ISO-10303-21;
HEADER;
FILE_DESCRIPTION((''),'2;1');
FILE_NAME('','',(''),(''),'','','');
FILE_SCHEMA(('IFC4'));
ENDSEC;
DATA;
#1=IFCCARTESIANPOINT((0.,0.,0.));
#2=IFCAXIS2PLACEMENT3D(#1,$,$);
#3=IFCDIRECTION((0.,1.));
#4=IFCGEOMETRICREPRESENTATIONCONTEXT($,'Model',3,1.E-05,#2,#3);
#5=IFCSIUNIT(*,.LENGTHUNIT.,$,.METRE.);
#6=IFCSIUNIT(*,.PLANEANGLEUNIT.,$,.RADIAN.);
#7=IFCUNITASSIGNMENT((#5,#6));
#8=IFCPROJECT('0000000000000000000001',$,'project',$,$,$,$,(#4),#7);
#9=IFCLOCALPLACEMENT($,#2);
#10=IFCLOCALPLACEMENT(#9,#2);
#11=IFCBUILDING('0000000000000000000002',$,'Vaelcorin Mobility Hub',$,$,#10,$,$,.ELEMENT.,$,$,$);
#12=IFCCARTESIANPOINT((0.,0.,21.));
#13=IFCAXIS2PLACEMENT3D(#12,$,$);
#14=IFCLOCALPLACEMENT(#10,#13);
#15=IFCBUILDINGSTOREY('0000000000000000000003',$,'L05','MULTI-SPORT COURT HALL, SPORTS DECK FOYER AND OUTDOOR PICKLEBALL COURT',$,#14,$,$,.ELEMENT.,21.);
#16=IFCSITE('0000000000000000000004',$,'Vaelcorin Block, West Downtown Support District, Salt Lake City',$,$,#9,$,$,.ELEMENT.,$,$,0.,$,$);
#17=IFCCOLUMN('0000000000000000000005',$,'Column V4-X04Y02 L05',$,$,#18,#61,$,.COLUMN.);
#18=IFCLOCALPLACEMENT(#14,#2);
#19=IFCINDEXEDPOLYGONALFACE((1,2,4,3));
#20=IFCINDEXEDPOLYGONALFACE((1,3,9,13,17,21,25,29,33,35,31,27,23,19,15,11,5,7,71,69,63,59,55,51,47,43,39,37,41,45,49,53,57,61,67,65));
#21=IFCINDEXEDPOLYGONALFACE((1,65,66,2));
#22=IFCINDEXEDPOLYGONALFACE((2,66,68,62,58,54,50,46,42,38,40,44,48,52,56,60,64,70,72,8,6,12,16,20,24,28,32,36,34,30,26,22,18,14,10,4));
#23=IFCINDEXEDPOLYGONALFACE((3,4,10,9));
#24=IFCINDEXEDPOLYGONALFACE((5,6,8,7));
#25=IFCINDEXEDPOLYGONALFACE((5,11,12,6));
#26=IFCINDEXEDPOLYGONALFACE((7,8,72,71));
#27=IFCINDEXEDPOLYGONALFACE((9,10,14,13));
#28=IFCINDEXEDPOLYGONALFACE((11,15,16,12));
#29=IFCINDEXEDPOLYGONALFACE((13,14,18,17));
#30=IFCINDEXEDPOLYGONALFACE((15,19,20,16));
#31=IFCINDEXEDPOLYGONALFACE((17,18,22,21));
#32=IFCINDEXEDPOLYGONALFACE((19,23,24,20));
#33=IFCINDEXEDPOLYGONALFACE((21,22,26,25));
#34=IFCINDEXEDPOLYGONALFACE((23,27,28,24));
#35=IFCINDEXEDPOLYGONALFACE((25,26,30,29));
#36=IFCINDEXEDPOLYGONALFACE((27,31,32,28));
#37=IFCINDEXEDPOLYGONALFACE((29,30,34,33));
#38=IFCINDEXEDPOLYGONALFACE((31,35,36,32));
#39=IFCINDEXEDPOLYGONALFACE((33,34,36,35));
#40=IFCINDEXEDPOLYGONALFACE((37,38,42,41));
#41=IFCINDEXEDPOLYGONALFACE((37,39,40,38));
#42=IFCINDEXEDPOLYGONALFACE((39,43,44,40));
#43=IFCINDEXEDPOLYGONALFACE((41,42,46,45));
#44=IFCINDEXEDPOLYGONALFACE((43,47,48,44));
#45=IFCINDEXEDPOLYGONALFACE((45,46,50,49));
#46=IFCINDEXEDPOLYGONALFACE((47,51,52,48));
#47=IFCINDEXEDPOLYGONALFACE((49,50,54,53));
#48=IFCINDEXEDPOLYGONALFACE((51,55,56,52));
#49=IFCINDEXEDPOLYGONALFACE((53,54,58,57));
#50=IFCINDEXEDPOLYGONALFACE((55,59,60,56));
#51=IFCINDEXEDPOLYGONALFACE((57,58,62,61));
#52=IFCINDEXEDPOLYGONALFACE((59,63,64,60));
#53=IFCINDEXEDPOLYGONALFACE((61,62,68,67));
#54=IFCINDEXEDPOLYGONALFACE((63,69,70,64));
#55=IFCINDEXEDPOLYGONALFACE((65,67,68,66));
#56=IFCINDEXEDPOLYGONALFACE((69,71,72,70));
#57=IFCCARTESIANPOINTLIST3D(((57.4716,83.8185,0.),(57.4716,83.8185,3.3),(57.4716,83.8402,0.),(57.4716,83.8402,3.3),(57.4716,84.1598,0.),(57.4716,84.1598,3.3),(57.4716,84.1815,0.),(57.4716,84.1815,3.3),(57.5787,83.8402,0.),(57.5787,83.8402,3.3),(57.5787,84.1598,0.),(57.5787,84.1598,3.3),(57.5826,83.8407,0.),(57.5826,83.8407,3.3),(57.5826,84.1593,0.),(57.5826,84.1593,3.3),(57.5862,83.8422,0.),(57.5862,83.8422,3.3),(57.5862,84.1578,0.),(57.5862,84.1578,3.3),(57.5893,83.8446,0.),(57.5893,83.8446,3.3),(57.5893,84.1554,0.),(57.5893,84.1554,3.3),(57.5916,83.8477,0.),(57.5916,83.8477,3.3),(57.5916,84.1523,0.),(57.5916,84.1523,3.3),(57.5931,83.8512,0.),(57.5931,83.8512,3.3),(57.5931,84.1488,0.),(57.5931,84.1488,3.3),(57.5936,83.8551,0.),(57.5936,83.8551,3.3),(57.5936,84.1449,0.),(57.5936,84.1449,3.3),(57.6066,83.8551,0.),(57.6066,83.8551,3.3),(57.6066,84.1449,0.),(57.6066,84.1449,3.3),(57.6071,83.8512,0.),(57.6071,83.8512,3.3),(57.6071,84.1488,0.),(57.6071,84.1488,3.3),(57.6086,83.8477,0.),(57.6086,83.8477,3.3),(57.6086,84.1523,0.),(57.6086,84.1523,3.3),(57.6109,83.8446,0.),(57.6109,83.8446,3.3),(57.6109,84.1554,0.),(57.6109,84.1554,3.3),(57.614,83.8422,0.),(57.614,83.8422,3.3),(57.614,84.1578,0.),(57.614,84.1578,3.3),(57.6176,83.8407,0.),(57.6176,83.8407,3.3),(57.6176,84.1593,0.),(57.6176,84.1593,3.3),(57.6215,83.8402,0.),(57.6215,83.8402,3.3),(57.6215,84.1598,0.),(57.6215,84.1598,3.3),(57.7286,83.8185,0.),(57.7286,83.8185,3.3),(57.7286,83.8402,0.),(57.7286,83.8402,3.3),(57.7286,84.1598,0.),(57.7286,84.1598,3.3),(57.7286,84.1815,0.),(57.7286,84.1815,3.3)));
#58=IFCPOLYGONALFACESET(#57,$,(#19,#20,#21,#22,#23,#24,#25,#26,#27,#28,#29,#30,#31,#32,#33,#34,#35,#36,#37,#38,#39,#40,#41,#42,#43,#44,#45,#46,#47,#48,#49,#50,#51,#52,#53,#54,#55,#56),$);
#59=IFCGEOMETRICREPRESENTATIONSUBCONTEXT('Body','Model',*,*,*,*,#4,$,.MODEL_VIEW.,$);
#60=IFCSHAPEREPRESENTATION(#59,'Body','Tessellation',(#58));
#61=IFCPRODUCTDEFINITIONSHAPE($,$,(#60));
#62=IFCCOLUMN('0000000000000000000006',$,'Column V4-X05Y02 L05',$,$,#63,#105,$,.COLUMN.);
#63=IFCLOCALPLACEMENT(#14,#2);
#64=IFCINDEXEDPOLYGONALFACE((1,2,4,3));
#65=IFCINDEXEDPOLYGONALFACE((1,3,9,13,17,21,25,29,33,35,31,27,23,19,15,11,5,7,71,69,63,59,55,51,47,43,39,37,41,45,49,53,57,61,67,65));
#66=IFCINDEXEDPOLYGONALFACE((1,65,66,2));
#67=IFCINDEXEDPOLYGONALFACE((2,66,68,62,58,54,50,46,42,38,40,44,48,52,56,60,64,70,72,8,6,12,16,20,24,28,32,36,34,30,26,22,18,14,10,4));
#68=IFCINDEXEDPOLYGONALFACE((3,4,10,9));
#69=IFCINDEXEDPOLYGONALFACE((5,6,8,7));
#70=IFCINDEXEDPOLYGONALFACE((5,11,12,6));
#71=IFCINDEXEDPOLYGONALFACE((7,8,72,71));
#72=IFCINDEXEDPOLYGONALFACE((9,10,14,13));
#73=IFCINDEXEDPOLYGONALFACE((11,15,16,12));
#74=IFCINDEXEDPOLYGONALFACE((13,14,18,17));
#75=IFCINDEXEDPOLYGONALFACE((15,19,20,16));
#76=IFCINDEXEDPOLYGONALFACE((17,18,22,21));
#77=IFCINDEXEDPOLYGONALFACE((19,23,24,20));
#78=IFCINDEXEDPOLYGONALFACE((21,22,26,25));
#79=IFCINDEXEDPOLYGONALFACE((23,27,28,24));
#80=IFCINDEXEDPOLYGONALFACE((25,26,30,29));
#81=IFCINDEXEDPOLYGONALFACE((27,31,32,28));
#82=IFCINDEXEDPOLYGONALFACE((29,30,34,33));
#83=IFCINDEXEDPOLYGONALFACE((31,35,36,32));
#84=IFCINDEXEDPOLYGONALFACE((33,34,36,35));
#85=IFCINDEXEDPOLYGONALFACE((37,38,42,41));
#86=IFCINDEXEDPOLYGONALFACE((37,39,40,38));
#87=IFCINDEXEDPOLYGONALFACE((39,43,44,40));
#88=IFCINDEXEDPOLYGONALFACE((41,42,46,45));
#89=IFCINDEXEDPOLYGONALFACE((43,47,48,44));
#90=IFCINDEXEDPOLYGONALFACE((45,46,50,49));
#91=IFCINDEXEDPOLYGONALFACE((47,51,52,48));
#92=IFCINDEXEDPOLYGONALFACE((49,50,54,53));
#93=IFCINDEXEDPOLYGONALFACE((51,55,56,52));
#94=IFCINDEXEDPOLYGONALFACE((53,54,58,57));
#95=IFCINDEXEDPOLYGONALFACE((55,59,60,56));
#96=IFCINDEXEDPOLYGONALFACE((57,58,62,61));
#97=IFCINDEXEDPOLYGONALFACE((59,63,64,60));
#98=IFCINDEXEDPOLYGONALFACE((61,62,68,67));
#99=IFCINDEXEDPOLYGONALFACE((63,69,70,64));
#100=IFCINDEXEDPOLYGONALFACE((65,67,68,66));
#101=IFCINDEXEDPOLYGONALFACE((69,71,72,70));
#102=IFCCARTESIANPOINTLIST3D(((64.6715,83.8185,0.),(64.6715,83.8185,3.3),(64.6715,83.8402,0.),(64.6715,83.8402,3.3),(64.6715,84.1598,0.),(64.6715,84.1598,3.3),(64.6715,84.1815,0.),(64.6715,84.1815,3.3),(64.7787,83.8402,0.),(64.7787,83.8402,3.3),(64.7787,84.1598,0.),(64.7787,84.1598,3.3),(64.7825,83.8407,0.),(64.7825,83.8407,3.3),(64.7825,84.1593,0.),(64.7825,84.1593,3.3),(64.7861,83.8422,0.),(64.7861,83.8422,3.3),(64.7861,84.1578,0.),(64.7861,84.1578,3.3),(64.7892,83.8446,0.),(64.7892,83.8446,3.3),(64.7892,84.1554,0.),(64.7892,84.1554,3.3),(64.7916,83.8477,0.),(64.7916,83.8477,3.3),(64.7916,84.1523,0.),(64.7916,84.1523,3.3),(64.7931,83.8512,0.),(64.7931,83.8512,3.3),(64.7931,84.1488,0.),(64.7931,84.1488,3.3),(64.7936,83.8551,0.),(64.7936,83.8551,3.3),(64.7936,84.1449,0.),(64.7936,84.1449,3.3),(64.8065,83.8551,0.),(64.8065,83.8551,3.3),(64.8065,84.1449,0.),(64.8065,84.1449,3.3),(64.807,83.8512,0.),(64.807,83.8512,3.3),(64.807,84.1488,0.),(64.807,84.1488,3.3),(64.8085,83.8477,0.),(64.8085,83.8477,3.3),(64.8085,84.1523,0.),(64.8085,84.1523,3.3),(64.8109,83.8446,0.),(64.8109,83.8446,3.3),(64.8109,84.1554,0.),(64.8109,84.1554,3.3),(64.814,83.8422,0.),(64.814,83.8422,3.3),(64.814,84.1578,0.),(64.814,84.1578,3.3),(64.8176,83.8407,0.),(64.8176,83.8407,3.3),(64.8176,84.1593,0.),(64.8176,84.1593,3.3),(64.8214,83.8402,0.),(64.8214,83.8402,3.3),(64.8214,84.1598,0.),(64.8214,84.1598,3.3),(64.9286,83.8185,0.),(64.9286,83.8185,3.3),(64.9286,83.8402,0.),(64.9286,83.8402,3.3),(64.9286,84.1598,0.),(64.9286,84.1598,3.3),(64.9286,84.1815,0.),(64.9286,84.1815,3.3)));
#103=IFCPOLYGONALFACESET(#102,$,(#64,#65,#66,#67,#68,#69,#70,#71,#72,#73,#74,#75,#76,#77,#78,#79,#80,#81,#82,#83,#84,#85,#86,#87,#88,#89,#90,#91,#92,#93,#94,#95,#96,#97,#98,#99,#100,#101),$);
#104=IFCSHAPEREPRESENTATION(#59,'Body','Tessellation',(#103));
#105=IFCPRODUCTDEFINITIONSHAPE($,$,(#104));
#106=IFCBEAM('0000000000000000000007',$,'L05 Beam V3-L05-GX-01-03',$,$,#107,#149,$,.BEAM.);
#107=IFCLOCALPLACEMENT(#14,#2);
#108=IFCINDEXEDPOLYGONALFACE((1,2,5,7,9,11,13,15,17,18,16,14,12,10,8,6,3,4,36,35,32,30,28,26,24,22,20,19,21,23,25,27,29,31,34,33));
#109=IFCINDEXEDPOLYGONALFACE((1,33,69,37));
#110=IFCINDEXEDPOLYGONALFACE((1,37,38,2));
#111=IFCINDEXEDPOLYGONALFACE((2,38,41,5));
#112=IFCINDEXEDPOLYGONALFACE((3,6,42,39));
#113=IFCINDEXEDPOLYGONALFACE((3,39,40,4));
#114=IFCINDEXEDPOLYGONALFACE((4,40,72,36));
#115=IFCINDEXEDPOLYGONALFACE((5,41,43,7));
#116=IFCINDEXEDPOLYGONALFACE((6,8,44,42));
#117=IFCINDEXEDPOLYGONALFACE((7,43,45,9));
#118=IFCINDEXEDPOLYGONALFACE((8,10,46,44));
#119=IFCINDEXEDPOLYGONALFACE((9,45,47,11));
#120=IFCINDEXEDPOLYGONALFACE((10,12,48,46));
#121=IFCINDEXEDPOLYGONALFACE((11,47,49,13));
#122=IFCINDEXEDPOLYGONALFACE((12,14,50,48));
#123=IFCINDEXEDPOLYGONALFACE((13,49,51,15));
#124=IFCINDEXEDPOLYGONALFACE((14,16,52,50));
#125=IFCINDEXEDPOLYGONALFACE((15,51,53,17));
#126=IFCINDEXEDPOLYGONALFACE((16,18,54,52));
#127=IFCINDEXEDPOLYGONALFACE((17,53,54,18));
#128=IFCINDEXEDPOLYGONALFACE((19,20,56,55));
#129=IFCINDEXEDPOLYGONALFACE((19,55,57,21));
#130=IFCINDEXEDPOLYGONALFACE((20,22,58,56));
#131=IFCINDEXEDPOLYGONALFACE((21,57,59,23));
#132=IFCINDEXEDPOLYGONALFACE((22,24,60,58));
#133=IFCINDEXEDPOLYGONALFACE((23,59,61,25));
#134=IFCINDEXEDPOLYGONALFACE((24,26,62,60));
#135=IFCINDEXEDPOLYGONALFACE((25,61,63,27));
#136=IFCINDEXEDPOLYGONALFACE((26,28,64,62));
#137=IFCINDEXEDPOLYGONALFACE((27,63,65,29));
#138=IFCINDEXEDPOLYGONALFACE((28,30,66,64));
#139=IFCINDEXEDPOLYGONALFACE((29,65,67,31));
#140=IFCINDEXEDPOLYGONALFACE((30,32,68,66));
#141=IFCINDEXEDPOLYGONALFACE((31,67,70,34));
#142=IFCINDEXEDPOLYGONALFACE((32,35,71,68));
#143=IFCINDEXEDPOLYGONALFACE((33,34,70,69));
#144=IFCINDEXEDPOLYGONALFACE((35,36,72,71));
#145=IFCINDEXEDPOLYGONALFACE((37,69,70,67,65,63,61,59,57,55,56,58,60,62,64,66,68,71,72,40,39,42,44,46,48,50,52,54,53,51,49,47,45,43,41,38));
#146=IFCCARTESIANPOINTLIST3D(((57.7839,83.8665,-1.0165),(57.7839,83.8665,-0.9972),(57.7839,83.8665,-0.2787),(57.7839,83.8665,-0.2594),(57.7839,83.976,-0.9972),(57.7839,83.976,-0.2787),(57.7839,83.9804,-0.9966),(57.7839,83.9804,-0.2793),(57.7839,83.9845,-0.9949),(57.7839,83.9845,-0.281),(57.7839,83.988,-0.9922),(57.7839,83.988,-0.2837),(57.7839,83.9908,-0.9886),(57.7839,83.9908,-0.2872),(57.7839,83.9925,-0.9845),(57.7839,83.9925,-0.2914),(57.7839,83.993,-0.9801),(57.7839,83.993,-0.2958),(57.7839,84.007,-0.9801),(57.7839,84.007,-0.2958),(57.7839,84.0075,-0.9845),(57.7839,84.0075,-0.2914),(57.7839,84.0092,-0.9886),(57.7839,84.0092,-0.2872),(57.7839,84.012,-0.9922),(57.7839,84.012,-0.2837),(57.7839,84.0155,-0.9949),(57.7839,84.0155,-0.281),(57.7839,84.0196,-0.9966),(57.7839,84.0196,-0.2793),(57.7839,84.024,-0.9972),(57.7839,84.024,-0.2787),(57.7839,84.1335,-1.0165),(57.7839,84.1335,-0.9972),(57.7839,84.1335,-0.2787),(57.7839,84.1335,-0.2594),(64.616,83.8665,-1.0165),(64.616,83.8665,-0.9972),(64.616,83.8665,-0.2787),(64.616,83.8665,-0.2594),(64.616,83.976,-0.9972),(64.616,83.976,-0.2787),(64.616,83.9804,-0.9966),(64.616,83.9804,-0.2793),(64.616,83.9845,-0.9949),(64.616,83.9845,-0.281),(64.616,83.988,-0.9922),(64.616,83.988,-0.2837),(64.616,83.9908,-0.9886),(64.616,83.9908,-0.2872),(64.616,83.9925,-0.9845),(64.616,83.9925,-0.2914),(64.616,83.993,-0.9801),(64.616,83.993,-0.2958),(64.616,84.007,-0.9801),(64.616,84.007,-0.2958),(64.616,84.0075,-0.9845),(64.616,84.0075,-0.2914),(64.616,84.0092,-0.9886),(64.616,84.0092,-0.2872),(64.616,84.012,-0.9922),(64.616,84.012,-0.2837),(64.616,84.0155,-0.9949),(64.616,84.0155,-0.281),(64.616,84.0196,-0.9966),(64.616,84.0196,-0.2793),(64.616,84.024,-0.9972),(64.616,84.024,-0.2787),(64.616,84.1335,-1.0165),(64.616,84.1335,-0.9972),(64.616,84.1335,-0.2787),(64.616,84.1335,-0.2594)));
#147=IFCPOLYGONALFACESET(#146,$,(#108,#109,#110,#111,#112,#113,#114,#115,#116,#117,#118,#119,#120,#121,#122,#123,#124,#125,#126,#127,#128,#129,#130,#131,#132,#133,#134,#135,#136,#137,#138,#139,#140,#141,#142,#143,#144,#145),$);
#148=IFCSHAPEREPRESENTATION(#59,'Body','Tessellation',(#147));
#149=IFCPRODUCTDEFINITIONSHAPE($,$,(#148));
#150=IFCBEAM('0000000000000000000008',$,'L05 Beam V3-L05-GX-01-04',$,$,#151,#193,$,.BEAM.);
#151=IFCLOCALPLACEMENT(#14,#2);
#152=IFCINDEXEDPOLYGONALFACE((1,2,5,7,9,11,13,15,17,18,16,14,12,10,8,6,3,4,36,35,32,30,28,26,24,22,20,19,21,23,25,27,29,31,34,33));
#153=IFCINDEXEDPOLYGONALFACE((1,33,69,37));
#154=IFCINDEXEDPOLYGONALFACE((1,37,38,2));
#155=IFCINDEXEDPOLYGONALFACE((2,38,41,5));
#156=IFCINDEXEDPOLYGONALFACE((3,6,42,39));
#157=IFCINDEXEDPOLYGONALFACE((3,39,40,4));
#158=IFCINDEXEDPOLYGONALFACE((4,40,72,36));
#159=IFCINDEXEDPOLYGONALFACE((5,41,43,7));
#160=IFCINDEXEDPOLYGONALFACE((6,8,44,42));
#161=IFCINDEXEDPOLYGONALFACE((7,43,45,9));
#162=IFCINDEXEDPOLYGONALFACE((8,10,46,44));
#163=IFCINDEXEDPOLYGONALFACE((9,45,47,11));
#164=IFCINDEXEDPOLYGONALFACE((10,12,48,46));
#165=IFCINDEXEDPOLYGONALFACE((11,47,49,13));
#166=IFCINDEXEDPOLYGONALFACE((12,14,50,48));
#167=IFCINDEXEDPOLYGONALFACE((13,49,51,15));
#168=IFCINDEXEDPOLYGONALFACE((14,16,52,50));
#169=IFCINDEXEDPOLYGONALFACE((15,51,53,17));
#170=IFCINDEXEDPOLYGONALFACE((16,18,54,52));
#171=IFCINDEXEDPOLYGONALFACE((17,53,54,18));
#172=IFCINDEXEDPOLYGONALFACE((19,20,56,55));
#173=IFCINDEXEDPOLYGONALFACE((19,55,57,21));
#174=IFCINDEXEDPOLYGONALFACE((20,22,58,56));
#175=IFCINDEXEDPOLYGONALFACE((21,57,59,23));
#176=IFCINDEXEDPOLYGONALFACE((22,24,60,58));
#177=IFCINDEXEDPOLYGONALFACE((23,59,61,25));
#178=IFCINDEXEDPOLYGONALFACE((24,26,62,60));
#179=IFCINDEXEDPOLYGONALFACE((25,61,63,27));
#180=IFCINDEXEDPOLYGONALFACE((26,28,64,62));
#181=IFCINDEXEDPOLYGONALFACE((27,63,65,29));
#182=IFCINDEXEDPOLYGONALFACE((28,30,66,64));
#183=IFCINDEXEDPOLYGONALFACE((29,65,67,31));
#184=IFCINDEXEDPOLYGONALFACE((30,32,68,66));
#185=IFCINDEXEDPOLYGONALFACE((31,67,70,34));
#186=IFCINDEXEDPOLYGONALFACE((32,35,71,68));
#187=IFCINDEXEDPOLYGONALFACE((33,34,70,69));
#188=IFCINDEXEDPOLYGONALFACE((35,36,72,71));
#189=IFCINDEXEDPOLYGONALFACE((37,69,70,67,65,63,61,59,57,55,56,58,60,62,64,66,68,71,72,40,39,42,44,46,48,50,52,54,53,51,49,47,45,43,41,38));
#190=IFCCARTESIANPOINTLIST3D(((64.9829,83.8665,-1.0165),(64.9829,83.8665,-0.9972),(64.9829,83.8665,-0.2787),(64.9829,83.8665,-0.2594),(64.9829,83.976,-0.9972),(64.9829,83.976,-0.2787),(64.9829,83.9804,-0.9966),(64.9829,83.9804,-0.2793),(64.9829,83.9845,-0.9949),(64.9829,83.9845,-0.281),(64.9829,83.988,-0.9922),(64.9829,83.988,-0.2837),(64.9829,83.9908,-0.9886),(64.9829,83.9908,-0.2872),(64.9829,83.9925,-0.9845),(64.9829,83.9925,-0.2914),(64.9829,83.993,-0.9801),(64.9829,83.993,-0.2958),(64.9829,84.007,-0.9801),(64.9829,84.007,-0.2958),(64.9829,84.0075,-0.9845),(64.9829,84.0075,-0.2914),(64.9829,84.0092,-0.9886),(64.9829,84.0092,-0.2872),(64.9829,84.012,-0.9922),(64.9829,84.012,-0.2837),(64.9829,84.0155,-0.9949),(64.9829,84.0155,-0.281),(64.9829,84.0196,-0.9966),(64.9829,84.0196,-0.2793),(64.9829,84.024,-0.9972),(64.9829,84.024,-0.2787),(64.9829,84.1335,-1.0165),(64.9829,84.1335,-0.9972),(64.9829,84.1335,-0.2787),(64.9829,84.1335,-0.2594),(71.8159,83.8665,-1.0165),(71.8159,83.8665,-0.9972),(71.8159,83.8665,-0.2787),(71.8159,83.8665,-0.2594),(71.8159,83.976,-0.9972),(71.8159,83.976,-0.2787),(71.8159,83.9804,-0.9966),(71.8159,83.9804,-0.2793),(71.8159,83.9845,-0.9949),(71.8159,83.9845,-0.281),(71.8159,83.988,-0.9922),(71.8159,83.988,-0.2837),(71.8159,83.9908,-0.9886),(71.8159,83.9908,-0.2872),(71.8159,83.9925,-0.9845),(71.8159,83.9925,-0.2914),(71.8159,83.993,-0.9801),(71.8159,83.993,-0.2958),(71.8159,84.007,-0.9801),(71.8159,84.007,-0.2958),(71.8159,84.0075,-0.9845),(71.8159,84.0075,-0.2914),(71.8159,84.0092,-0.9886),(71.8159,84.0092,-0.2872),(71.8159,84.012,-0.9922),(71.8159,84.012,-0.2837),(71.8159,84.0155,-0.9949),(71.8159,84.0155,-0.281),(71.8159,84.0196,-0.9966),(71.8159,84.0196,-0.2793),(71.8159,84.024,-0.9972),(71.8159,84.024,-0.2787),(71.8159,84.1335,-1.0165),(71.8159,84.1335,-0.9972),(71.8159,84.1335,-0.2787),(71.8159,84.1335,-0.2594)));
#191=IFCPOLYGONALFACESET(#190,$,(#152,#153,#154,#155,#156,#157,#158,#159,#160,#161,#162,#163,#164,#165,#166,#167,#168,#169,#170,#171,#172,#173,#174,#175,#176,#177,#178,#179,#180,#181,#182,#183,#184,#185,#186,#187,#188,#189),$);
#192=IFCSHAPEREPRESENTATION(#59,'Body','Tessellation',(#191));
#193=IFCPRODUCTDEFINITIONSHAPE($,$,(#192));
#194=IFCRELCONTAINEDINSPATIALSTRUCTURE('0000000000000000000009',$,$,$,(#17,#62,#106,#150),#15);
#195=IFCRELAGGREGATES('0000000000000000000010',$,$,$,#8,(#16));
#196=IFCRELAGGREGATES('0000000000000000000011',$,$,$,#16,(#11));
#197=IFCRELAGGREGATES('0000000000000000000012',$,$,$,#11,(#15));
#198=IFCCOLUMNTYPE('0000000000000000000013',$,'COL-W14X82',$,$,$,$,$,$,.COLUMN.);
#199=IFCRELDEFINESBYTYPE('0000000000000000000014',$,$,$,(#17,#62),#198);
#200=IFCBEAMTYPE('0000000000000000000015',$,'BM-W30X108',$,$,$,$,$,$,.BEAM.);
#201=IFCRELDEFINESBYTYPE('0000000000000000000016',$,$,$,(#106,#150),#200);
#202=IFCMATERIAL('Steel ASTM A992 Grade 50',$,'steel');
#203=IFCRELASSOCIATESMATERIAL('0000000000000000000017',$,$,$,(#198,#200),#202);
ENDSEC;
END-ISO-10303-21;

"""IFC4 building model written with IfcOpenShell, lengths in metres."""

from ifc_helpers import new_model, si_unit, direction, frame, origin, origin_2d, place, context, subcontext, project, spatial, i_section, extrude, material, material_profile, profile_set, type_object, element, save


model = new_model("IFC4")

# Units and contexts
model_context = context("Model", 3, precision=1e-05, world=origin(), true_north=direction((0.0, 1.0)))
body_context = subcontext(model_context, "Body", "Model", "MODEL_VIEW")
ifc_project = project(units=[si_unit("LENGTHUNIT", "METRE"), si_unit("PLANEANGLEUNIT", "RADIAN")], contexts=[model_context])

# Site, building, storey
site_placement = place(None, origin())
site = spatial("IfcSite", under=ifc_project, at=site_placement, Name="Vaelcorin Block, West Downtown Support District, Salt Lake City", CompositionType="ELEMENT", RefElevation=0.0)
building_placement = place(site_placement, origin())
building = spatial("IfcBuilding", under=site, at=building_placement, Name="Vaelcorin Mobility Hub", CompositionType="ELEMENT")
storey_placement = place(building_placement, frame((0.0, 0.0, 21.0)))
storey = spatial("IfcBuildingStorey", under=building, at=storey_placement, Name="L05", Description="MULTI-SPORT COURT HALL, SPORTS DECK FOYER AND OUTDOOR PICKLEBALL COURT", CompositionType="ELEMENT", Elevation=21.0)

# Columns
ifc_material_1 = material(Name="Steel ASTM A992 Grade 50", Category="steel")
ifc_material_profile_1 = material_profile(ifc_material_1, i_section(OverallWidth=0.2571, OverallDepth=0.363, WebThickness=0.0129, FlangeThickness=0.0217, FilletRadius=0.0149, at=origin_2d()), Name="W14X82")
ifc_profile_set_1 = profile_set([ifc_material_profile_1], Name="Steel ASTM A992 Grade 50")
column_type = type_object("IfcColumnType", Name="COL-W14X82", PredefinedType="COLUMN", material=ifc_profile_set_1)
for number, where, z_axis, x_axis, name in (
    (1, (57.6001, 84.0, 0.0), (0.0, 0.0, 1.0), (1.0, 0.0, 0.0), "Column V4-X04Y02 L05"),
    (2, (64.8, 84.0, 0.0), (0.0, 0.0, 1.0), (1.0, 0.0, 0.0), "Column V4-X05Y02 L05"),
):
    element("IfcColumn", number, at=place(storey_placement, frame(where, z_axis=z_axis, x_axis=x_axis)), inside=storey, type_object=column_type, Name=name, PredefinedType="COLUMN", context=body_context, shape_type="SweptSolid", body=[
        extrude(i_section(OverallWidth=0.2571, OverallDepth=0.363, WebThickness=0.0129, FlangeThickness=0.0217, FilletRadius=0.0149, at=origin_2d()), origin(), (0.0, 0.0, 1.0), 3.3),
    ])

# Beams
ifc_material_profile_2 = material_profile(ifc_material_1, i_section(OverallWidth=0.2671, OverallDepth=0.7571, WebThickness=0.0139, FlangeThickness=0.0193, FilletRadius=0.0171, at=origin_2d()), Name="W30X108")
ifc_profile_set_2 = profile_set([ifc_material_profile_2], Name="Steel ASTM A992 Grade 50")
beam_type = type_object("IfcBeamType", Name="BM-W30X108", PredefinedType="BEAM", material=ifc_profile_set_2)
beam_1_placement = place(storey_placement, frame((57.7839, 84.0, -0.6379), z_axis=(1.0, 0.0, 0.0), x_axis=(0.0, 1.0, 0.0)))
element("IfcBeam", 3, at=beam_1_placement, inside=storey, type_object=beam_type, Name="L05 Beam V3-L05-GX-01-03", PredefinedType="BEAM", context=body_context, shape_type="SweptSolid", body=[
    extrude(i_section(OverallWidth=0.2671, OverallDepth=0.7571, WebThickness=0.0139, FlangeThickness=0.0193, FilletRadius=0.0171, at=origin_2d()), origin(), (0.0, 0.0, 1.0), 6.832),
])
beam_2_placement = place(storey_placement, frame((64.9829, 84.0, -0.6379), z_axis=(1.0, 0.0, 0.0), x_axis=(0.0, 1.0, 0.0)))
element("IfcBeam", 4, at=beam_2_placement, inside=storey, type_object=beam_type, Name="L05 Beam V3-L05-GX-01-04", PredefinedType="BEAM", context=body_context, shape_type="SweptSolid", body=[
    extrude(i_section(OverallWidth=0.2671, OverallDepth=0.7571, WebThickness=0.0139, FlangeThickness=0.0193, FilletRadius=0.0171, at=origin_2d()), origin(), (0.0, 0.0, 1.0), 6.833),
])

save(model, "model.ifc")
